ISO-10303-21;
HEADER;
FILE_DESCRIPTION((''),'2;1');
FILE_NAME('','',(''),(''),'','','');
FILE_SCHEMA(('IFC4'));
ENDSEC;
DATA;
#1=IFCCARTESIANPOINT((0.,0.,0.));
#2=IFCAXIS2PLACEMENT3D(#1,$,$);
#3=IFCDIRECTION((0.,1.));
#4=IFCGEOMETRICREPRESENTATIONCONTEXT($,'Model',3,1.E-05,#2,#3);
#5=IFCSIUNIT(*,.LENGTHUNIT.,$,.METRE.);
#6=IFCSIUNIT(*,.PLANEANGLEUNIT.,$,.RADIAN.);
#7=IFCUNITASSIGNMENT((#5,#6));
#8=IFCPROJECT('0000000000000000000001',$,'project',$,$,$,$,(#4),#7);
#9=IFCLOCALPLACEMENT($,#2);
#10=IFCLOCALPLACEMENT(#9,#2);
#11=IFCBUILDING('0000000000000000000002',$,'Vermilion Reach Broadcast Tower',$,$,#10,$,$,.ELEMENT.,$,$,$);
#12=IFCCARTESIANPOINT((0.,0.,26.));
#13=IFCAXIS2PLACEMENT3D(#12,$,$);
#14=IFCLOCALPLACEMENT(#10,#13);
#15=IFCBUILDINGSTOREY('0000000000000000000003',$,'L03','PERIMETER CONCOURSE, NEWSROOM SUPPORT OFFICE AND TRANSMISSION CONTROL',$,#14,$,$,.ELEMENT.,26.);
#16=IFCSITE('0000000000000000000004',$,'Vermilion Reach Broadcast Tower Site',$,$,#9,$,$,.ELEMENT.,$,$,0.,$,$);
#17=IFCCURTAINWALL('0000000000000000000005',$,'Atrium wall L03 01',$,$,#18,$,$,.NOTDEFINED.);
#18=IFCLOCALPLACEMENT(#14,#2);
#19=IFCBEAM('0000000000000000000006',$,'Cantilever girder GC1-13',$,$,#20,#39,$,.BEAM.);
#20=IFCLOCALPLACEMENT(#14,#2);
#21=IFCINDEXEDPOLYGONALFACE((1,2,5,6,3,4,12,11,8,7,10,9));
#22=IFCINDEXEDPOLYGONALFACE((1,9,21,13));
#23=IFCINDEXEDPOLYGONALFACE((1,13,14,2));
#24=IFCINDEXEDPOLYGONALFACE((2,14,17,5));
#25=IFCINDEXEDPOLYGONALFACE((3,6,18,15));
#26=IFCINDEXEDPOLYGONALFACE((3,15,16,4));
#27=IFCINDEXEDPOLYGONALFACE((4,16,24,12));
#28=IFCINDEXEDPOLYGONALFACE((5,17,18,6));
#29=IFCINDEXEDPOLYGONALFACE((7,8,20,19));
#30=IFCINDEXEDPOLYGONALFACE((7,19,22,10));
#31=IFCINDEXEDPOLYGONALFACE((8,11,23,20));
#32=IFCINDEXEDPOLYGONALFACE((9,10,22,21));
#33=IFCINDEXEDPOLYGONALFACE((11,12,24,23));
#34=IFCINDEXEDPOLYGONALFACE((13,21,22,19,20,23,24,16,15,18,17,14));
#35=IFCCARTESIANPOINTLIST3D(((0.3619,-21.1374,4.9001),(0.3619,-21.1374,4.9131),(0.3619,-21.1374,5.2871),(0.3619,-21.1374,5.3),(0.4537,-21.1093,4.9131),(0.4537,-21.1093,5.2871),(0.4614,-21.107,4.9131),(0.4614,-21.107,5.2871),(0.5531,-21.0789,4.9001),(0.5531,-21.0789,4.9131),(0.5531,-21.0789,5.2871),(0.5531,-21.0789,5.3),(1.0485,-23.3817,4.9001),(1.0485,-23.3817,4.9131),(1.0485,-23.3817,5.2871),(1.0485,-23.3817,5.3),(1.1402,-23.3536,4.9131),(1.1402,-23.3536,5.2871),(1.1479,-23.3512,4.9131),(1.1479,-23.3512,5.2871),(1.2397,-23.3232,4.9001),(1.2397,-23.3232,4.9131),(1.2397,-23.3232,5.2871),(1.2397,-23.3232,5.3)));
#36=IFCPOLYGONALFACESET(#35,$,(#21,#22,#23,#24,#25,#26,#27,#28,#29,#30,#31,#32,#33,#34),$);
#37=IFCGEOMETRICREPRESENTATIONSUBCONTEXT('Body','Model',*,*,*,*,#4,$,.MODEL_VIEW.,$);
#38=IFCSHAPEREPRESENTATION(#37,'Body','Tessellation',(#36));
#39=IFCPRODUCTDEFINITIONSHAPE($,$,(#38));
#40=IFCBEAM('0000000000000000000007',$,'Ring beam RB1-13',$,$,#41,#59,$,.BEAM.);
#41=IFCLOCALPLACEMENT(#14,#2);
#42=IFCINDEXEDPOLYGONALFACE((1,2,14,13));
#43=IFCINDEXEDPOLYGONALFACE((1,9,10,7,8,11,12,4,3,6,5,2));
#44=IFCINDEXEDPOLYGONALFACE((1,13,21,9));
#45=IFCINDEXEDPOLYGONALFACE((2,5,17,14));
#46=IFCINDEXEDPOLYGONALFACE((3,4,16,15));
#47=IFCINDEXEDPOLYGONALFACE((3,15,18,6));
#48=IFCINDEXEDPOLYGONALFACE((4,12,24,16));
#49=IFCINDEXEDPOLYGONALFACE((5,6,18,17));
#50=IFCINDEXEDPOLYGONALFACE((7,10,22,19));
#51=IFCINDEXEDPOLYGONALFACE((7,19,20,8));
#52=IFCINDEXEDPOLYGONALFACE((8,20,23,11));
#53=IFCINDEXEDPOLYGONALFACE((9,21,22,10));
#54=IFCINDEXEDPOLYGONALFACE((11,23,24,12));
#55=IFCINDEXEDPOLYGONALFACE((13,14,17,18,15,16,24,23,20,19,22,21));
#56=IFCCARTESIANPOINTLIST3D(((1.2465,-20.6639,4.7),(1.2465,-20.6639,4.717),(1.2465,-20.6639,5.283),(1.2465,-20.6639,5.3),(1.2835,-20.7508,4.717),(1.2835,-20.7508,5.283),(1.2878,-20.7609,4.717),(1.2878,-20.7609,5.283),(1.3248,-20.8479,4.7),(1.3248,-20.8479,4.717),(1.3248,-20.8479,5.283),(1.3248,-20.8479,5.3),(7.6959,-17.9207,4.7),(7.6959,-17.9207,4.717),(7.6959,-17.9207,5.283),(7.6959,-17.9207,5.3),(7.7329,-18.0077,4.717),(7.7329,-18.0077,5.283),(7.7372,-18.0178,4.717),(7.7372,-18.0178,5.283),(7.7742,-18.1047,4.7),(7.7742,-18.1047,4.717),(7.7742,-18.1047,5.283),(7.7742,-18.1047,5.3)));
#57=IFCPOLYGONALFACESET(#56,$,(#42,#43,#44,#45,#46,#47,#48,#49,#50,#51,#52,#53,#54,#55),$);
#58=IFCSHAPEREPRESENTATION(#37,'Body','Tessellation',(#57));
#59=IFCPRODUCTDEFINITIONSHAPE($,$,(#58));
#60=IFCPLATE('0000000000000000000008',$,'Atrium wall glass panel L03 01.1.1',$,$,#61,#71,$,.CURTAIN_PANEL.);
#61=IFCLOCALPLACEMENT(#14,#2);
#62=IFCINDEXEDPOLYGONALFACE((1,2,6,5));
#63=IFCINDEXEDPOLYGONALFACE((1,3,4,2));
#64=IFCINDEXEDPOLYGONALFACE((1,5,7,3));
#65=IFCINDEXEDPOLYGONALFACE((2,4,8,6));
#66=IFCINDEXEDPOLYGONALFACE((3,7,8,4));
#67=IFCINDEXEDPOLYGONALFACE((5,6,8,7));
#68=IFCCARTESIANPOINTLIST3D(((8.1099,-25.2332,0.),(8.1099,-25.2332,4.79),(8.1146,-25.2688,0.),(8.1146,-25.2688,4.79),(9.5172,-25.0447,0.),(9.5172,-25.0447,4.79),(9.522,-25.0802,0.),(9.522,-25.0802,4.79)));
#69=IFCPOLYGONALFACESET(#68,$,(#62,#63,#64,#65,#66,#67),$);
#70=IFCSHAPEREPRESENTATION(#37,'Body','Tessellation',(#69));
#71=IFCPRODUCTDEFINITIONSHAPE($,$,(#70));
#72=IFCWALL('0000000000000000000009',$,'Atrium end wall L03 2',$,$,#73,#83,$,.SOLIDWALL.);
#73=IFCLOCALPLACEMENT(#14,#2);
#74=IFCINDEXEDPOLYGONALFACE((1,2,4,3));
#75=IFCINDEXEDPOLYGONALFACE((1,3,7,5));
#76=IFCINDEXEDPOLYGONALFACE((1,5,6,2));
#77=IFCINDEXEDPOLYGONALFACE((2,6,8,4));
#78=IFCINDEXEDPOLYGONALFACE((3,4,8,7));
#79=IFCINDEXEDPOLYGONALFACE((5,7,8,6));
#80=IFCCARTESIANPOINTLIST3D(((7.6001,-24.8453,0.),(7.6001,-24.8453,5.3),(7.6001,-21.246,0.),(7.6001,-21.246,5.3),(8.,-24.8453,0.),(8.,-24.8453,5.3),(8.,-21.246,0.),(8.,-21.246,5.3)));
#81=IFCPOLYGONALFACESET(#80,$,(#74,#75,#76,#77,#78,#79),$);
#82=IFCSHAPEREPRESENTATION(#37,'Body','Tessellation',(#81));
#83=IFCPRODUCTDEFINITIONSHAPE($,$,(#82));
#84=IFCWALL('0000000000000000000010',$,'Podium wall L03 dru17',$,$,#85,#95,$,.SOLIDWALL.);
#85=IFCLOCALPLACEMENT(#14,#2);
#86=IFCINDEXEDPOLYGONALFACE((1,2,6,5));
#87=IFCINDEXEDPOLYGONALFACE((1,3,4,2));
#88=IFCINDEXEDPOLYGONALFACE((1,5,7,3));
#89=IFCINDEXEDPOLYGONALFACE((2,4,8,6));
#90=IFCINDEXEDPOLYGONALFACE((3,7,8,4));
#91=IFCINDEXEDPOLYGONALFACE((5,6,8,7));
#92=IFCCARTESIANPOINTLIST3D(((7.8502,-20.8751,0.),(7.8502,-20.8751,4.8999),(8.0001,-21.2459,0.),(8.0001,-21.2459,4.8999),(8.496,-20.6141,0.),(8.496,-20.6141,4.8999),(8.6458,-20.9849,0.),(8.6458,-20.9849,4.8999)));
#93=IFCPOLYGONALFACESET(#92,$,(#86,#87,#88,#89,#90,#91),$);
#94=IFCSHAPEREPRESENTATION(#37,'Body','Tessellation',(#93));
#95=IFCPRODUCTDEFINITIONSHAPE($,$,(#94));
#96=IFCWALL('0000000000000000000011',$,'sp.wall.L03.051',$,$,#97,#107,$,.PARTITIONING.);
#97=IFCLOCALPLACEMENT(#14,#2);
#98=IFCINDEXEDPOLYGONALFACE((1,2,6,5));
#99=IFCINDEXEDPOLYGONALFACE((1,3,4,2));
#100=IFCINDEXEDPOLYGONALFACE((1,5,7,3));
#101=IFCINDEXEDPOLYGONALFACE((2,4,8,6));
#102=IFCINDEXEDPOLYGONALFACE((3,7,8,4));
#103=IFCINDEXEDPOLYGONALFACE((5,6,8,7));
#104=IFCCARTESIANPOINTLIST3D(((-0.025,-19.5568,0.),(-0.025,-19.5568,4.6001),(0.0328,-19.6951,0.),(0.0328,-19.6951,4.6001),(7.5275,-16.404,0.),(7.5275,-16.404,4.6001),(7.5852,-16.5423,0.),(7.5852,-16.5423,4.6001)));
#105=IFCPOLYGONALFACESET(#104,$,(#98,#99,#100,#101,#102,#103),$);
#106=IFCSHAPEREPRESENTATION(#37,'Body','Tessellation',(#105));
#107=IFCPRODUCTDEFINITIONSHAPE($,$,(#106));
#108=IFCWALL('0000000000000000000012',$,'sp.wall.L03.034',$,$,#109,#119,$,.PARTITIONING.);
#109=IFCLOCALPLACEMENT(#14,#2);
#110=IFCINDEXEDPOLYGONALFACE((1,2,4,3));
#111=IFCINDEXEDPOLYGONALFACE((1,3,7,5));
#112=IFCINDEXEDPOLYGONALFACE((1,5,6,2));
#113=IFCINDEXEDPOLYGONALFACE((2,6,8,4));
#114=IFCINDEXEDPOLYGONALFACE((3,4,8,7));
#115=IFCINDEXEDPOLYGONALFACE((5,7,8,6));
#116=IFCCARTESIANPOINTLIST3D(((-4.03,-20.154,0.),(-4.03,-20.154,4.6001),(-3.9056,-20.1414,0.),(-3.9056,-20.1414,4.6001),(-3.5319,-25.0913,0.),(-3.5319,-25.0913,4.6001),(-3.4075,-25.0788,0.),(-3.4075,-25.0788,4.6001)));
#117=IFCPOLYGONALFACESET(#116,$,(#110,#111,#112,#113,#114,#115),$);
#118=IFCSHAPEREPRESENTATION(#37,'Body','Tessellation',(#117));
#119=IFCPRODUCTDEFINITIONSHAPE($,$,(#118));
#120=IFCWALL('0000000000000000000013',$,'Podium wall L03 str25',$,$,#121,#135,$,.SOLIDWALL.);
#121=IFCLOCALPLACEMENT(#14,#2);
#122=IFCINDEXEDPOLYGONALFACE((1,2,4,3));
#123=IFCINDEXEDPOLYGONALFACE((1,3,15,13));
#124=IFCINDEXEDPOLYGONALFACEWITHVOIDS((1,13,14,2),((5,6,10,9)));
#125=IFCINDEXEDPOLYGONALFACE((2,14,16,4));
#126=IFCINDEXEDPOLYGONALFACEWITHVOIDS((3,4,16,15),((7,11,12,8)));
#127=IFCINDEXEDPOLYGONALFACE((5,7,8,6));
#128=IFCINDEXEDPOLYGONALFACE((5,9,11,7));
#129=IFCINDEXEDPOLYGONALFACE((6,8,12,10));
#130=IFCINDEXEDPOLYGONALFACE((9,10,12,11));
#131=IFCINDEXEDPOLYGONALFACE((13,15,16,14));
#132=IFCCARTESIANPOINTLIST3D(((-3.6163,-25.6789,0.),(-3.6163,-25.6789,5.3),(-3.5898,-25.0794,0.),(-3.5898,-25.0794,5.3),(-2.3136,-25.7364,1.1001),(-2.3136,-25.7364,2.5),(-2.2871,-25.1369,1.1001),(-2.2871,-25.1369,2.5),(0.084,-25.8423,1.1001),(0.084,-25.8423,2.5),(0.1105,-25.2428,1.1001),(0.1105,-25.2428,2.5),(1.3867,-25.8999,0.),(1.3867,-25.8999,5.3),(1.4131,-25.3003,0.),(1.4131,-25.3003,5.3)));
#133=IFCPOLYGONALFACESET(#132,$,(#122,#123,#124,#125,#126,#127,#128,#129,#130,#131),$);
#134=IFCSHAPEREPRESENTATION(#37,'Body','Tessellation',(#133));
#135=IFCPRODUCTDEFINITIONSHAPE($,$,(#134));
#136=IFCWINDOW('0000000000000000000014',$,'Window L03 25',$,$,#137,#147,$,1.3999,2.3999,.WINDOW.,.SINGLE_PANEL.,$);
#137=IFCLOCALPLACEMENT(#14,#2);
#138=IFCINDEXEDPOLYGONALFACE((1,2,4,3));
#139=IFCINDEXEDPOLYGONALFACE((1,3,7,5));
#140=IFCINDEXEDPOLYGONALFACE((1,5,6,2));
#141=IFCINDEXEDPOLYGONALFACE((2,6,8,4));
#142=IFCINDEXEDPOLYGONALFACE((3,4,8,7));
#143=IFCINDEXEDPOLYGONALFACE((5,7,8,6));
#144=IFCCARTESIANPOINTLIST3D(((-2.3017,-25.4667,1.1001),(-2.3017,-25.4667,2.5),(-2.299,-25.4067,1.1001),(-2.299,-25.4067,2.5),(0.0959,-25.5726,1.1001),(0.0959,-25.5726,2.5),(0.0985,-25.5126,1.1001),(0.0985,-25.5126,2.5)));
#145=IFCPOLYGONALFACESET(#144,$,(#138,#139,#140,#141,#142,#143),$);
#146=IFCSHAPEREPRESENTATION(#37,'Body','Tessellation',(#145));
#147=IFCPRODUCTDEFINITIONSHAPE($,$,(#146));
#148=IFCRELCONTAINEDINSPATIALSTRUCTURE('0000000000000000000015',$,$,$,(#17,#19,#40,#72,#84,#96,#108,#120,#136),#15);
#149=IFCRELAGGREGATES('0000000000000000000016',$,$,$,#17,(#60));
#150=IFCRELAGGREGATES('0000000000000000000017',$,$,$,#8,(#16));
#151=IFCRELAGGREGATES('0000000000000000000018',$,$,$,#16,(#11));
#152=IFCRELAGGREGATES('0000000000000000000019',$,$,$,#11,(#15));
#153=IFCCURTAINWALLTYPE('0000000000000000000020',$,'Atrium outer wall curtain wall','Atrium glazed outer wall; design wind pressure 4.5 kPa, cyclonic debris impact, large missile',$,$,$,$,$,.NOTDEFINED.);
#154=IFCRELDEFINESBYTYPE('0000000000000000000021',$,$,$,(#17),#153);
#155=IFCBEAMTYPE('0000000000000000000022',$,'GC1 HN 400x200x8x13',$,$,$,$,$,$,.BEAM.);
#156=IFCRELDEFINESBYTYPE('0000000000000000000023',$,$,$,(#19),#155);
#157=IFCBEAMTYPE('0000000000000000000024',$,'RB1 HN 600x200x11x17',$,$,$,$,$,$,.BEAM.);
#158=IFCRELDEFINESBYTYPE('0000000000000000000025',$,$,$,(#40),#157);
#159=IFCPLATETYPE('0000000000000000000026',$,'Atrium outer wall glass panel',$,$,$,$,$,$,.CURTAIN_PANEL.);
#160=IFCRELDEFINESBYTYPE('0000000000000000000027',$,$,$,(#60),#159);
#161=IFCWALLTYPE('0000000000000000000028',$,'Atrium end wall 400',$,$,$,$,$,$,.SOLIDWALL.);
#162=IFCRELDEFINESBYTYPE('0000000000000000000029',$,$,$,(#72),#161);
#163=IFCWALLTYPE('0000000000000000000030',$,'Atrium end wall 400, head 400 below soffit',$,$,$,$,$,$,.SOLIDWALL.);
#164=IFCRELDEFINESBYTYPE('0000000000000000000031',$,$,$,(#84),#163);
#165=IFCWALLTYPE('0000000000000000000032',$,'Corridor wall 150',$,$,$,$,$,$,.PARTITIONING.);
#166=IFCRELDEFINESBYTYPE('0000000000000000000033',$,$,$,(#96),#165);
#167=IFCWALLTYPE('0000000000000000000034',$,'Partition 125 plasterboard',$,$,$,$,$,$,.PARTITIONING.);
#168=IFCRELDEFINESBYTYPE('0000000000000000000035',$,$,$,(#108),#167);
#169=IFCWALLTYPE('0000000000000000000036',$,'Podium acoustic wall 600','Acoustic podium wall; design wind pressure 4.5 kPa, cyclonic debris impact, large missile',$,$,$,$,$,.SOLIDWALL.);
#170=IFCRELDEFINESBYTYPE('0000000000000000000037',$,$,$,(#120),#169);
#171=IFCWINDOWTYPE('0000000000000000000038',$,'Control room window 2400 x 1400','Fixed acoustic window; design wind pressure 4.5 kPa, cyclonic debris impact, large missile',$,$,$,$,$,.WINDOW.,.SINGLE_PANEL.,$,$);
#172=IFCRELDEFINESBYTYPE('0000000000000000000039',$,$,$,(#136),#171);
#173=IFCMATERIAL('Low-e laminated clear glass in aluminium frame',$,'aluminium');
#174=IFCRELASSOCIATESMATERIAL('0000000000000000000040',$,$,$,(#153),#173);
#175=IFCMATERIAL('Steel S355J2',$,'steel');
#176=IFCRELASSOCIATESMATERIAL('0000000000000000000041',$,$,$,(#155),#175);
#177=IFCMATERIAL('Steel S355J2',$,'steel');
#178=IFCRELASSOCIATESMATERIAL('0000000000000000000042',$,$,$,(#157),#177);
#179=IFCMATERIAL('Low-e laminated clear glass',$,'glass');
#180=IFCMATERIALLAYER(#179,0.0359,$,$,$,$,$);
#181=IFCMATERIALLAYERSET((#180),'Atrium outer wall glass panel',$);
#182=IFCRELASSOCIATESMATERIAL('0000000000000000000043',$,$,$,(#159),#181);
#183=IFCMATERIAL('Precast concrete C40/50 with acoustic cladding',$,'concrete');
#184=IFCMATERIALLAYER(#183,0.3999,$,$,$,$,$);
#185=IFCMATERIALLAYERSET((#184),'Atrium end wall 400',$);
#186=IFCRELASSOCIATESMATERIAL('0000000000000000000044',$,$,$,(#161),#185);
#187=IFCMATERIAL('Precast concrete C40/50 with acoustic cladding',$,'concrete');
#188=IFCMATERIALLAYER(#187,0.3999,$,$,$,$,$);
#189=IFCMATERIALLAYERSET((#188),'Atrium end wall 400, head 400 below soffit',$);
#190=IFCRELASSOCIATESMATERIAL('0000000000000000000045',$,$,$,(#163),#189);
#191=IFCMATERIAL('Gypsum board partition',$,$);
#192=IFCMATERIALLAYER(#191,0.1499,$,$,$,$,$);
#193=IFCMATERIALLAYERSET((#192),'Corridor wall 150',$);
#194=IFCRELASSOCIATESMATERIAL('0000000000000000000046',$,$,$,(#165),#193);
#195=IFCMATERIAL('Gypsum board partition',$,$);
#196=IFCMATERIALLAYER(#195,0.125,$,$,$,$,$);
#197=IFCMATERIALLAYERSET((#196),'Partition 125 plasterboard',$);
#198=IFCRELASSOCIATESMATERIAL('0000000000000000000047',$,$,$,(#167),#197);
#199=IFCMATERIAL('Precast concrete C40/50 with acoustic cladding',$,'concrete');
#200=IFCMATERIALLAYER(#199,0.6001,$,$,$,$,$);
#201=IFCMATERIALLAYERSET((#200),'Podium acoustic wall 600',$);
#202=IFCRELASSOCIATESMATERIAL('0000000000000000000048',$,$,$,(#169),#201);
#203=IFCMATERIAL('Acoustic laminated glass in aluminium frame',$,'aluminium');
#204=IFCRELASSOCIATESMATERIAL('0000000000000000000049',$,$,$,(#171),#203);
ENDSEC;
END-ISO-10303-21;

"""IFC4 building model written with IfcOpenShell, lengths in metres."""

from ifc_helpers import new_model, si_unit, direction, frame, frame_2d, origin, origin_2d, place, context, subcontext, project, spatial, rectangle, i_section, extrude, material, layer, layer_set, material_profile, profile_set, type_object, element, fill, aggregate, save


model = new_model("IFC4")

# Units and contexts
model_context = context("Model", 3, precision=1e-05, world=origin(), true_north=direction((0.0, 1.0)))
body_context = subcontext(model_context, "Body", "Model", "MODEL_VIEW")
ifc_project = project(units=[si_unit("LENGTHUNIT", "METRE"), si_unit("PLANEANGLEUNIT", "RADIAN")], contexts=[model_context])

# Site, building, storey
site_placement = place(None, origin())
site = spatial("IfcSite", under=ifc_project, at=site_placement, Name="Vermilion Reach Broadcast Tower Site", CompositionType="ELEMENT", RefElevation=0.0)
building_placement = place(site_placement, origin())
building = spatial("IfcBuilding", under=site, at=building_placement, Name="Vermilion Reach Broadcast Tower", CompositionType="ELEMENT")
storey_placement = place(building_placement, frame((0.0, 0.0, 26.0)))
storey = spatial("IfcBuildingStorey", under=building, at=storey_placement, Name="L03", Description="PERIMETER CONCOURSE, NEWSROOM SUPPORT OFFICE AND TRANSMISSION CONTROL", CompositionType="ELEMENT", Elevation=26.0)

# Curtain wall
ifc_material_1 = material(Name="Low-e laminated clear glass in aluminium frame", Category="aluminium")
curtain_wall_type = type_object("IfcCurtainWallType", Name="Atrium outer wall curtain wall", Description="Atrium glazed outer wall; design wind pressure 4.5 kPa, cyclonic debris impact, large missile", PredefinedType="NOTDEFINED", material=ifc_material_1)
curtain_wall_placement = place(storey_placement, origin())
curtain_wall = element("IfcCurtainWall", 1, at=curtain_wall_placement, inside=storey, type_object=curtain_wall_type, Name="Atrium wall L03 01", PredefinedType="NOTDEFINED")

# Beams
ifc_material_2 = material(Name="Steel S355J2", Category="steel")
ifc_material_profile_1 = material_profile(ifc_material_2, i_section(OverallWidth=0.2, OverallDepth=0.3999, WebThickness=0.0081, FlangeThickness=0.0129, at=origin_2d()), Name="S355J2 HN 400x200x8x13")
ifc_profile_set_1 = profile_set([ifc_material_profile_1], Name="Steel S355J2")
beam_type_1 = type_object("IfcBeamType", Name="GC1 HN 400x200x8x13", PredefinedType="BEAM", material=ifc_profile_set_1)
beam_1_placement = place(storey_placement, frame((0.4575, -21.1082, 5.1001), z_axis=(0.292536, -0.956255, 0.0), x_axis=(0.956255, 0.292536, 0.0)))
element("IfcBeam", 2, at=beam_1_placement, inside=storey, type_object=beam_type_1, Name="Cantilever girder GC1-13", PredefinedType="BEAM", context=body_context, shape_type="SweptSolid", body=[
    extrude(i_section(OverallWidth=0.2, OverallDepth=0.3999, WebThickness=0.0081, FlangeThickness=0.0129, at=origin_2d()), origin(), (0.0, 0.0, 1.0), 2.3469),
])
ifc_material_3 = material(Name="Steel S355J2", Category="steel")
ifc_material_profile_2 = material_profile(ifc_material_3, i_section(OverallWidth=0.2, OverallDepth=0.6001, WebThickness=0.011, FlangeThickness=0.0171, at=origin_2d()), Name="S355J2 HN 600x200x11x17")
ifc_profile_set_2 = profile_set([ifc_material_profile_2], Name="Steel S355J2")
beam_type_2 = type_object("IfcBeamType", Name="RB1 HN 600x200x11x17", PredefinedType="BEAM", material=ifc_profile_set_2)
beam_2_placement = place(storey_placement, frame((1.2856, -20.7559, 5.0), z_axis=(0.920221, 0.3914, 0.0), x_axis=(-0.3914, 0.920221, 0.0)))
element("IfcBeam", 3, at=beam_2_placement, inside=storey, type_object=beam_type_2, Name="Ring beam RB1-13", PredefinedType="BEAM", context=body_context, shape_type="SweptSolid", body=[
    extrude(i_section(OverallWidth=0.2, OverallDepth=0.6001, WebThickness=0.011, FlangeThickness=0.0171, at=origin_2d()), origin(), (0.0, 0.0, 1.0), 7.0085),
])

# Plate
ifc_material_4 = material(Name="Low-e laminated clear glass", Category="glass")
ifc_layer_1 = layer(ifc_material_4, 0.0359)
ifc_layer_set_1 = layer_set([ifc_layer_1], Name="Atrium outer wall glass panel")
plate_type = type_object("IfcPlateType", Name="Atrium outer wall glass panel", PredefinedType="CURTAIN_PANEL", material=ifc_layer_set_1)
plate_placement = place(storey_placement, frame((8.8159, -25.1567, 0.0), z_axis=(0.0, 0.0, 1.0), x_axis=(0.991144, 0.132794, 0.0)))
plate = element("IfcPlate", 4, at=plate_placement, type_object=plate_type, Name="Atrium wall glass panel L03 01.1.1", PredefinedType="CURTAIN_PANEL", context=body_context, shape_type="SweptSolid", body=[
    extrude(rectangle(XDim=1.4199, YDim=0.0359, at=origin_2d()), origin(), (0.0, 0.0, 1.0), 4.79),
])
aggregate(curtain_wall, [plate])

# Walls
ifc_material_5 = material(Name="Precast concrete C40/50 with acoustic cladding", Category="concrete")
ifc_layer_2 = layer(ifc_material_5, 0.3999)
ifc_layer_set_2 = layer_set([ifc_layer_2], Name="Atrium end wall 400")
wall_type_1 = type_object("IfcWallType", Name="Atrium end wall 400", PredefinedType="SOLIDWALL", material=ifc_layer_set_2)
wall_1_placement = place(storey_placement, frame((7.8, -21.2458, 0.0), z_axis=(0.0, 0.0, 1.0), x_axis=(0.0, -1.0, 0.0)))
element("IfcWall", 5, at=wall_1_placement, inside=storey, type_object=wall_type_1, Name="Atrium end wall L03 2", PredefinedType="SOLIDWALL", context=body_context, shape_type="SweptSolid", body=[
    extrude(rectangle(XDim=3.5994, YDim=0.3999, at=frame_2d((1.7998, 0.0))), origin(), (0.0, 0.0, 1.0), 5.3),
])
ifc_material_6 = material(Name="Precast concrete C40/50 with acoustic cladding", Category="concrete")
ifc_layer_3 = layer(ifc_material_6, 0.3999)
ifc_layer_set_3 = layer_set([ifc_layer_3], Name="Atrium end wall 400, head 400 below soffit")
wall_type_2 = type_object("IfcWallType", Name="Atrium end wall 400, head 400 below soffit", PredefinedType="SOLIDWALL", material=ifc_layer_set_3)
wall_2_placement = place(storey_placement, frame((8.5708, -20.7996, 0.0), z_axis=(0.0, 0.0, 1.0), x_axis=(-0.927141, -0.374712, 0.0)))
element("IfcWall", 6, at=wall_2_placement, inside=storey, type_object=wall_type_2, Name="Podium wall L03 dru17", PredefinedType="SOLIDWALL", context=body_context, shape_type="SweptSolid", body=[
    extrude(rectangle(XDim=0.6965, YDim=0.3999, at=frame_2d((0.3481, 0.0))), origin(), (0.0, 0.0, 1.0), 4.8999),
])
ifc_material_7 = material(Name="Gypsum board partition")
ifc_layer_4 = layer(ifc_material_7, 0.1499)
ifc_layer_set_4 = layer_set([ifc_layer_4], Name="Corridor wall 150")
wall_type_3 = type_object("IfcWallType", Name="Corridor wall 150", PredefinedType="PARTITIONING", material=ifc_layer_set_4)
wall_3_placement = place(storey_placement, frame((0.0039, -19.626, 0.0), z_axis=(0.0, 0.0, 1.0), x_axis=(0.922818, 0.385236, 0.0)))
element("IfcWall", 7, at=wall_3_placement, inside=storey, type_object=wall_type_3, Name="sp.wall.L03.051", PredefinedType="PARTITIONING", context=body_context, shape_type="SweptSolid", body=[
    extrude(rectangle(XDim=8.1841, YDim=0.1499, at=frame_2d((4.092, 0.0))), origin(), (0.0, 0.0, 1.0), 4.6001),
])
ifc_material_8 = material(Name="Gypsum board partition")
ifc_layer_5 = layer(ifc_material_8, 0.125)
ifc_layer_set_5 = layer_set([ifc_layer_5], Name="Partition 125 plasterboard")
wall_type_4 = type_object("IfcWallType", Name="Partition 125 plasterboard", PredefinedType="PARTITIONING", material=ifc_layer_set_5)
wall_4_placement = place(storey_placement, frame((-3.9678, -20.1477, 0.0), z_axis=(0.0, 0.0, 1.0), x_axis=(0.100366, -0.994951, 0.0)))
element("IfcWall", 8, at=wall_4_placement, inside=storey, type_object=wall_type_4, Name="sp.wall.L03.034", PredefinedType="PARTITIONING", context=body_context, shape_type="SweptSolid", body=[
    extrude(rectangle(XDim=4.9624, YDim=0.125, at=frame_2d((2.4812, 0.0))), origin(), (0.0, 0.0, 1.0), 4.6001),
])

# Wall, opening, window
ifc_material_9 = material(Name="Precast concrete C40/50 with acoustic cladding", Category="concrete")
ifc_layer_6 = layer(ifc_material_9, 0.6001)
ifc_layer_set_6 = layer_set([ifc_layer_6], Name="Podium acoustic wall 600")
wall_type_5 = type_object("IfcWallType", Name="Podium acoustic wall 600", Description="Acoustic podium wall; design wind pressure 4.5 kPa, cyclonic debris impact, large missile", PredefinedType="SOLIDWALL", material=ifc_layer_set_6)
wall_5_placement = place(storey_placement, frame((-3.603, -25.3792, 0.0), z_axis=(0.0, 0.0, 1.0), x_axis=(0.999026, -0.044121, 0.0)))
wall_5 = element("IfcWall", 9, at=wall_5_placement, inside=storey, type_object=wall_type_5, Name="Podium wall L03 str25", PredefinedType="SOLIDWALL", context=body_context, shape_type="SweptSolid", body=[
    extrude(rectangle(XDim=5.0078, YDim=0.6001, at=frame_2d((2.5039, 0.0))), origin(), (0.0, 0.0, 1.0), 5.3),
])
opening_1_placement = place(wall_5_placement, frame((1.304, 0.0, 1.1001)))
opening_1 = element("IfcOpeningElement", 10, at=opening_1_placement, cuts=wall_5, PredefinedType="OPENING", context=body_context, shape_type="SweptSolid", body=[
    extrude(rectangle(XDim=2.3999, YDim=1.3999, at=frame_2d((1.2, 0.7))), frame((0.0, 0.3101, 0.0), z_axis=(0.0, -1.0, 0.0), x_axis=(1.0, 0.0, 0.0)), (0.0, 0.0, 1.0), 0.6201),
])
ifc_material_10 = material(Name="Acoustic laminated glass in aluminium frame", Category="aluminium")
window_type = type_object("IfcWindowType", Name="Control room window 2400 x 1400", Description="Fixed acoustic window; design wind pressure 4.5 kPa, cyclonic debris impact, large missile", PartitioningType="SINGLE_PANEL", PredefinedType="WINDOW", material=ifc_material_10)
window_1_placement = place(opening_1_placement, origin())
window_1 = element("IfcWindow", 11, at=window_1_placement, inside=storey, type_object=window_type, Name="Window L03 25", OverallHeight=1.3999, OverallWidth=2.3999, PartitioningType="SINGLE_PANEL", PredefinedType="WINDOW", context=body_context, shape_type="SweptSolid", body=[
    extrude(rectangle(XDim=2.3999, YDim=1.3999, at=frame_2d((1.2, 0.7))), frame((0.0, 0.03, 0.0), z_axis=(0.0, -1.0, 0.0), x_axis=(1.0, 0.0, 0.0)), (0.0, 0.0, 1.0), 0.0601),
])
fill(opening_1, window_1)

save(model, "model.ifc")
